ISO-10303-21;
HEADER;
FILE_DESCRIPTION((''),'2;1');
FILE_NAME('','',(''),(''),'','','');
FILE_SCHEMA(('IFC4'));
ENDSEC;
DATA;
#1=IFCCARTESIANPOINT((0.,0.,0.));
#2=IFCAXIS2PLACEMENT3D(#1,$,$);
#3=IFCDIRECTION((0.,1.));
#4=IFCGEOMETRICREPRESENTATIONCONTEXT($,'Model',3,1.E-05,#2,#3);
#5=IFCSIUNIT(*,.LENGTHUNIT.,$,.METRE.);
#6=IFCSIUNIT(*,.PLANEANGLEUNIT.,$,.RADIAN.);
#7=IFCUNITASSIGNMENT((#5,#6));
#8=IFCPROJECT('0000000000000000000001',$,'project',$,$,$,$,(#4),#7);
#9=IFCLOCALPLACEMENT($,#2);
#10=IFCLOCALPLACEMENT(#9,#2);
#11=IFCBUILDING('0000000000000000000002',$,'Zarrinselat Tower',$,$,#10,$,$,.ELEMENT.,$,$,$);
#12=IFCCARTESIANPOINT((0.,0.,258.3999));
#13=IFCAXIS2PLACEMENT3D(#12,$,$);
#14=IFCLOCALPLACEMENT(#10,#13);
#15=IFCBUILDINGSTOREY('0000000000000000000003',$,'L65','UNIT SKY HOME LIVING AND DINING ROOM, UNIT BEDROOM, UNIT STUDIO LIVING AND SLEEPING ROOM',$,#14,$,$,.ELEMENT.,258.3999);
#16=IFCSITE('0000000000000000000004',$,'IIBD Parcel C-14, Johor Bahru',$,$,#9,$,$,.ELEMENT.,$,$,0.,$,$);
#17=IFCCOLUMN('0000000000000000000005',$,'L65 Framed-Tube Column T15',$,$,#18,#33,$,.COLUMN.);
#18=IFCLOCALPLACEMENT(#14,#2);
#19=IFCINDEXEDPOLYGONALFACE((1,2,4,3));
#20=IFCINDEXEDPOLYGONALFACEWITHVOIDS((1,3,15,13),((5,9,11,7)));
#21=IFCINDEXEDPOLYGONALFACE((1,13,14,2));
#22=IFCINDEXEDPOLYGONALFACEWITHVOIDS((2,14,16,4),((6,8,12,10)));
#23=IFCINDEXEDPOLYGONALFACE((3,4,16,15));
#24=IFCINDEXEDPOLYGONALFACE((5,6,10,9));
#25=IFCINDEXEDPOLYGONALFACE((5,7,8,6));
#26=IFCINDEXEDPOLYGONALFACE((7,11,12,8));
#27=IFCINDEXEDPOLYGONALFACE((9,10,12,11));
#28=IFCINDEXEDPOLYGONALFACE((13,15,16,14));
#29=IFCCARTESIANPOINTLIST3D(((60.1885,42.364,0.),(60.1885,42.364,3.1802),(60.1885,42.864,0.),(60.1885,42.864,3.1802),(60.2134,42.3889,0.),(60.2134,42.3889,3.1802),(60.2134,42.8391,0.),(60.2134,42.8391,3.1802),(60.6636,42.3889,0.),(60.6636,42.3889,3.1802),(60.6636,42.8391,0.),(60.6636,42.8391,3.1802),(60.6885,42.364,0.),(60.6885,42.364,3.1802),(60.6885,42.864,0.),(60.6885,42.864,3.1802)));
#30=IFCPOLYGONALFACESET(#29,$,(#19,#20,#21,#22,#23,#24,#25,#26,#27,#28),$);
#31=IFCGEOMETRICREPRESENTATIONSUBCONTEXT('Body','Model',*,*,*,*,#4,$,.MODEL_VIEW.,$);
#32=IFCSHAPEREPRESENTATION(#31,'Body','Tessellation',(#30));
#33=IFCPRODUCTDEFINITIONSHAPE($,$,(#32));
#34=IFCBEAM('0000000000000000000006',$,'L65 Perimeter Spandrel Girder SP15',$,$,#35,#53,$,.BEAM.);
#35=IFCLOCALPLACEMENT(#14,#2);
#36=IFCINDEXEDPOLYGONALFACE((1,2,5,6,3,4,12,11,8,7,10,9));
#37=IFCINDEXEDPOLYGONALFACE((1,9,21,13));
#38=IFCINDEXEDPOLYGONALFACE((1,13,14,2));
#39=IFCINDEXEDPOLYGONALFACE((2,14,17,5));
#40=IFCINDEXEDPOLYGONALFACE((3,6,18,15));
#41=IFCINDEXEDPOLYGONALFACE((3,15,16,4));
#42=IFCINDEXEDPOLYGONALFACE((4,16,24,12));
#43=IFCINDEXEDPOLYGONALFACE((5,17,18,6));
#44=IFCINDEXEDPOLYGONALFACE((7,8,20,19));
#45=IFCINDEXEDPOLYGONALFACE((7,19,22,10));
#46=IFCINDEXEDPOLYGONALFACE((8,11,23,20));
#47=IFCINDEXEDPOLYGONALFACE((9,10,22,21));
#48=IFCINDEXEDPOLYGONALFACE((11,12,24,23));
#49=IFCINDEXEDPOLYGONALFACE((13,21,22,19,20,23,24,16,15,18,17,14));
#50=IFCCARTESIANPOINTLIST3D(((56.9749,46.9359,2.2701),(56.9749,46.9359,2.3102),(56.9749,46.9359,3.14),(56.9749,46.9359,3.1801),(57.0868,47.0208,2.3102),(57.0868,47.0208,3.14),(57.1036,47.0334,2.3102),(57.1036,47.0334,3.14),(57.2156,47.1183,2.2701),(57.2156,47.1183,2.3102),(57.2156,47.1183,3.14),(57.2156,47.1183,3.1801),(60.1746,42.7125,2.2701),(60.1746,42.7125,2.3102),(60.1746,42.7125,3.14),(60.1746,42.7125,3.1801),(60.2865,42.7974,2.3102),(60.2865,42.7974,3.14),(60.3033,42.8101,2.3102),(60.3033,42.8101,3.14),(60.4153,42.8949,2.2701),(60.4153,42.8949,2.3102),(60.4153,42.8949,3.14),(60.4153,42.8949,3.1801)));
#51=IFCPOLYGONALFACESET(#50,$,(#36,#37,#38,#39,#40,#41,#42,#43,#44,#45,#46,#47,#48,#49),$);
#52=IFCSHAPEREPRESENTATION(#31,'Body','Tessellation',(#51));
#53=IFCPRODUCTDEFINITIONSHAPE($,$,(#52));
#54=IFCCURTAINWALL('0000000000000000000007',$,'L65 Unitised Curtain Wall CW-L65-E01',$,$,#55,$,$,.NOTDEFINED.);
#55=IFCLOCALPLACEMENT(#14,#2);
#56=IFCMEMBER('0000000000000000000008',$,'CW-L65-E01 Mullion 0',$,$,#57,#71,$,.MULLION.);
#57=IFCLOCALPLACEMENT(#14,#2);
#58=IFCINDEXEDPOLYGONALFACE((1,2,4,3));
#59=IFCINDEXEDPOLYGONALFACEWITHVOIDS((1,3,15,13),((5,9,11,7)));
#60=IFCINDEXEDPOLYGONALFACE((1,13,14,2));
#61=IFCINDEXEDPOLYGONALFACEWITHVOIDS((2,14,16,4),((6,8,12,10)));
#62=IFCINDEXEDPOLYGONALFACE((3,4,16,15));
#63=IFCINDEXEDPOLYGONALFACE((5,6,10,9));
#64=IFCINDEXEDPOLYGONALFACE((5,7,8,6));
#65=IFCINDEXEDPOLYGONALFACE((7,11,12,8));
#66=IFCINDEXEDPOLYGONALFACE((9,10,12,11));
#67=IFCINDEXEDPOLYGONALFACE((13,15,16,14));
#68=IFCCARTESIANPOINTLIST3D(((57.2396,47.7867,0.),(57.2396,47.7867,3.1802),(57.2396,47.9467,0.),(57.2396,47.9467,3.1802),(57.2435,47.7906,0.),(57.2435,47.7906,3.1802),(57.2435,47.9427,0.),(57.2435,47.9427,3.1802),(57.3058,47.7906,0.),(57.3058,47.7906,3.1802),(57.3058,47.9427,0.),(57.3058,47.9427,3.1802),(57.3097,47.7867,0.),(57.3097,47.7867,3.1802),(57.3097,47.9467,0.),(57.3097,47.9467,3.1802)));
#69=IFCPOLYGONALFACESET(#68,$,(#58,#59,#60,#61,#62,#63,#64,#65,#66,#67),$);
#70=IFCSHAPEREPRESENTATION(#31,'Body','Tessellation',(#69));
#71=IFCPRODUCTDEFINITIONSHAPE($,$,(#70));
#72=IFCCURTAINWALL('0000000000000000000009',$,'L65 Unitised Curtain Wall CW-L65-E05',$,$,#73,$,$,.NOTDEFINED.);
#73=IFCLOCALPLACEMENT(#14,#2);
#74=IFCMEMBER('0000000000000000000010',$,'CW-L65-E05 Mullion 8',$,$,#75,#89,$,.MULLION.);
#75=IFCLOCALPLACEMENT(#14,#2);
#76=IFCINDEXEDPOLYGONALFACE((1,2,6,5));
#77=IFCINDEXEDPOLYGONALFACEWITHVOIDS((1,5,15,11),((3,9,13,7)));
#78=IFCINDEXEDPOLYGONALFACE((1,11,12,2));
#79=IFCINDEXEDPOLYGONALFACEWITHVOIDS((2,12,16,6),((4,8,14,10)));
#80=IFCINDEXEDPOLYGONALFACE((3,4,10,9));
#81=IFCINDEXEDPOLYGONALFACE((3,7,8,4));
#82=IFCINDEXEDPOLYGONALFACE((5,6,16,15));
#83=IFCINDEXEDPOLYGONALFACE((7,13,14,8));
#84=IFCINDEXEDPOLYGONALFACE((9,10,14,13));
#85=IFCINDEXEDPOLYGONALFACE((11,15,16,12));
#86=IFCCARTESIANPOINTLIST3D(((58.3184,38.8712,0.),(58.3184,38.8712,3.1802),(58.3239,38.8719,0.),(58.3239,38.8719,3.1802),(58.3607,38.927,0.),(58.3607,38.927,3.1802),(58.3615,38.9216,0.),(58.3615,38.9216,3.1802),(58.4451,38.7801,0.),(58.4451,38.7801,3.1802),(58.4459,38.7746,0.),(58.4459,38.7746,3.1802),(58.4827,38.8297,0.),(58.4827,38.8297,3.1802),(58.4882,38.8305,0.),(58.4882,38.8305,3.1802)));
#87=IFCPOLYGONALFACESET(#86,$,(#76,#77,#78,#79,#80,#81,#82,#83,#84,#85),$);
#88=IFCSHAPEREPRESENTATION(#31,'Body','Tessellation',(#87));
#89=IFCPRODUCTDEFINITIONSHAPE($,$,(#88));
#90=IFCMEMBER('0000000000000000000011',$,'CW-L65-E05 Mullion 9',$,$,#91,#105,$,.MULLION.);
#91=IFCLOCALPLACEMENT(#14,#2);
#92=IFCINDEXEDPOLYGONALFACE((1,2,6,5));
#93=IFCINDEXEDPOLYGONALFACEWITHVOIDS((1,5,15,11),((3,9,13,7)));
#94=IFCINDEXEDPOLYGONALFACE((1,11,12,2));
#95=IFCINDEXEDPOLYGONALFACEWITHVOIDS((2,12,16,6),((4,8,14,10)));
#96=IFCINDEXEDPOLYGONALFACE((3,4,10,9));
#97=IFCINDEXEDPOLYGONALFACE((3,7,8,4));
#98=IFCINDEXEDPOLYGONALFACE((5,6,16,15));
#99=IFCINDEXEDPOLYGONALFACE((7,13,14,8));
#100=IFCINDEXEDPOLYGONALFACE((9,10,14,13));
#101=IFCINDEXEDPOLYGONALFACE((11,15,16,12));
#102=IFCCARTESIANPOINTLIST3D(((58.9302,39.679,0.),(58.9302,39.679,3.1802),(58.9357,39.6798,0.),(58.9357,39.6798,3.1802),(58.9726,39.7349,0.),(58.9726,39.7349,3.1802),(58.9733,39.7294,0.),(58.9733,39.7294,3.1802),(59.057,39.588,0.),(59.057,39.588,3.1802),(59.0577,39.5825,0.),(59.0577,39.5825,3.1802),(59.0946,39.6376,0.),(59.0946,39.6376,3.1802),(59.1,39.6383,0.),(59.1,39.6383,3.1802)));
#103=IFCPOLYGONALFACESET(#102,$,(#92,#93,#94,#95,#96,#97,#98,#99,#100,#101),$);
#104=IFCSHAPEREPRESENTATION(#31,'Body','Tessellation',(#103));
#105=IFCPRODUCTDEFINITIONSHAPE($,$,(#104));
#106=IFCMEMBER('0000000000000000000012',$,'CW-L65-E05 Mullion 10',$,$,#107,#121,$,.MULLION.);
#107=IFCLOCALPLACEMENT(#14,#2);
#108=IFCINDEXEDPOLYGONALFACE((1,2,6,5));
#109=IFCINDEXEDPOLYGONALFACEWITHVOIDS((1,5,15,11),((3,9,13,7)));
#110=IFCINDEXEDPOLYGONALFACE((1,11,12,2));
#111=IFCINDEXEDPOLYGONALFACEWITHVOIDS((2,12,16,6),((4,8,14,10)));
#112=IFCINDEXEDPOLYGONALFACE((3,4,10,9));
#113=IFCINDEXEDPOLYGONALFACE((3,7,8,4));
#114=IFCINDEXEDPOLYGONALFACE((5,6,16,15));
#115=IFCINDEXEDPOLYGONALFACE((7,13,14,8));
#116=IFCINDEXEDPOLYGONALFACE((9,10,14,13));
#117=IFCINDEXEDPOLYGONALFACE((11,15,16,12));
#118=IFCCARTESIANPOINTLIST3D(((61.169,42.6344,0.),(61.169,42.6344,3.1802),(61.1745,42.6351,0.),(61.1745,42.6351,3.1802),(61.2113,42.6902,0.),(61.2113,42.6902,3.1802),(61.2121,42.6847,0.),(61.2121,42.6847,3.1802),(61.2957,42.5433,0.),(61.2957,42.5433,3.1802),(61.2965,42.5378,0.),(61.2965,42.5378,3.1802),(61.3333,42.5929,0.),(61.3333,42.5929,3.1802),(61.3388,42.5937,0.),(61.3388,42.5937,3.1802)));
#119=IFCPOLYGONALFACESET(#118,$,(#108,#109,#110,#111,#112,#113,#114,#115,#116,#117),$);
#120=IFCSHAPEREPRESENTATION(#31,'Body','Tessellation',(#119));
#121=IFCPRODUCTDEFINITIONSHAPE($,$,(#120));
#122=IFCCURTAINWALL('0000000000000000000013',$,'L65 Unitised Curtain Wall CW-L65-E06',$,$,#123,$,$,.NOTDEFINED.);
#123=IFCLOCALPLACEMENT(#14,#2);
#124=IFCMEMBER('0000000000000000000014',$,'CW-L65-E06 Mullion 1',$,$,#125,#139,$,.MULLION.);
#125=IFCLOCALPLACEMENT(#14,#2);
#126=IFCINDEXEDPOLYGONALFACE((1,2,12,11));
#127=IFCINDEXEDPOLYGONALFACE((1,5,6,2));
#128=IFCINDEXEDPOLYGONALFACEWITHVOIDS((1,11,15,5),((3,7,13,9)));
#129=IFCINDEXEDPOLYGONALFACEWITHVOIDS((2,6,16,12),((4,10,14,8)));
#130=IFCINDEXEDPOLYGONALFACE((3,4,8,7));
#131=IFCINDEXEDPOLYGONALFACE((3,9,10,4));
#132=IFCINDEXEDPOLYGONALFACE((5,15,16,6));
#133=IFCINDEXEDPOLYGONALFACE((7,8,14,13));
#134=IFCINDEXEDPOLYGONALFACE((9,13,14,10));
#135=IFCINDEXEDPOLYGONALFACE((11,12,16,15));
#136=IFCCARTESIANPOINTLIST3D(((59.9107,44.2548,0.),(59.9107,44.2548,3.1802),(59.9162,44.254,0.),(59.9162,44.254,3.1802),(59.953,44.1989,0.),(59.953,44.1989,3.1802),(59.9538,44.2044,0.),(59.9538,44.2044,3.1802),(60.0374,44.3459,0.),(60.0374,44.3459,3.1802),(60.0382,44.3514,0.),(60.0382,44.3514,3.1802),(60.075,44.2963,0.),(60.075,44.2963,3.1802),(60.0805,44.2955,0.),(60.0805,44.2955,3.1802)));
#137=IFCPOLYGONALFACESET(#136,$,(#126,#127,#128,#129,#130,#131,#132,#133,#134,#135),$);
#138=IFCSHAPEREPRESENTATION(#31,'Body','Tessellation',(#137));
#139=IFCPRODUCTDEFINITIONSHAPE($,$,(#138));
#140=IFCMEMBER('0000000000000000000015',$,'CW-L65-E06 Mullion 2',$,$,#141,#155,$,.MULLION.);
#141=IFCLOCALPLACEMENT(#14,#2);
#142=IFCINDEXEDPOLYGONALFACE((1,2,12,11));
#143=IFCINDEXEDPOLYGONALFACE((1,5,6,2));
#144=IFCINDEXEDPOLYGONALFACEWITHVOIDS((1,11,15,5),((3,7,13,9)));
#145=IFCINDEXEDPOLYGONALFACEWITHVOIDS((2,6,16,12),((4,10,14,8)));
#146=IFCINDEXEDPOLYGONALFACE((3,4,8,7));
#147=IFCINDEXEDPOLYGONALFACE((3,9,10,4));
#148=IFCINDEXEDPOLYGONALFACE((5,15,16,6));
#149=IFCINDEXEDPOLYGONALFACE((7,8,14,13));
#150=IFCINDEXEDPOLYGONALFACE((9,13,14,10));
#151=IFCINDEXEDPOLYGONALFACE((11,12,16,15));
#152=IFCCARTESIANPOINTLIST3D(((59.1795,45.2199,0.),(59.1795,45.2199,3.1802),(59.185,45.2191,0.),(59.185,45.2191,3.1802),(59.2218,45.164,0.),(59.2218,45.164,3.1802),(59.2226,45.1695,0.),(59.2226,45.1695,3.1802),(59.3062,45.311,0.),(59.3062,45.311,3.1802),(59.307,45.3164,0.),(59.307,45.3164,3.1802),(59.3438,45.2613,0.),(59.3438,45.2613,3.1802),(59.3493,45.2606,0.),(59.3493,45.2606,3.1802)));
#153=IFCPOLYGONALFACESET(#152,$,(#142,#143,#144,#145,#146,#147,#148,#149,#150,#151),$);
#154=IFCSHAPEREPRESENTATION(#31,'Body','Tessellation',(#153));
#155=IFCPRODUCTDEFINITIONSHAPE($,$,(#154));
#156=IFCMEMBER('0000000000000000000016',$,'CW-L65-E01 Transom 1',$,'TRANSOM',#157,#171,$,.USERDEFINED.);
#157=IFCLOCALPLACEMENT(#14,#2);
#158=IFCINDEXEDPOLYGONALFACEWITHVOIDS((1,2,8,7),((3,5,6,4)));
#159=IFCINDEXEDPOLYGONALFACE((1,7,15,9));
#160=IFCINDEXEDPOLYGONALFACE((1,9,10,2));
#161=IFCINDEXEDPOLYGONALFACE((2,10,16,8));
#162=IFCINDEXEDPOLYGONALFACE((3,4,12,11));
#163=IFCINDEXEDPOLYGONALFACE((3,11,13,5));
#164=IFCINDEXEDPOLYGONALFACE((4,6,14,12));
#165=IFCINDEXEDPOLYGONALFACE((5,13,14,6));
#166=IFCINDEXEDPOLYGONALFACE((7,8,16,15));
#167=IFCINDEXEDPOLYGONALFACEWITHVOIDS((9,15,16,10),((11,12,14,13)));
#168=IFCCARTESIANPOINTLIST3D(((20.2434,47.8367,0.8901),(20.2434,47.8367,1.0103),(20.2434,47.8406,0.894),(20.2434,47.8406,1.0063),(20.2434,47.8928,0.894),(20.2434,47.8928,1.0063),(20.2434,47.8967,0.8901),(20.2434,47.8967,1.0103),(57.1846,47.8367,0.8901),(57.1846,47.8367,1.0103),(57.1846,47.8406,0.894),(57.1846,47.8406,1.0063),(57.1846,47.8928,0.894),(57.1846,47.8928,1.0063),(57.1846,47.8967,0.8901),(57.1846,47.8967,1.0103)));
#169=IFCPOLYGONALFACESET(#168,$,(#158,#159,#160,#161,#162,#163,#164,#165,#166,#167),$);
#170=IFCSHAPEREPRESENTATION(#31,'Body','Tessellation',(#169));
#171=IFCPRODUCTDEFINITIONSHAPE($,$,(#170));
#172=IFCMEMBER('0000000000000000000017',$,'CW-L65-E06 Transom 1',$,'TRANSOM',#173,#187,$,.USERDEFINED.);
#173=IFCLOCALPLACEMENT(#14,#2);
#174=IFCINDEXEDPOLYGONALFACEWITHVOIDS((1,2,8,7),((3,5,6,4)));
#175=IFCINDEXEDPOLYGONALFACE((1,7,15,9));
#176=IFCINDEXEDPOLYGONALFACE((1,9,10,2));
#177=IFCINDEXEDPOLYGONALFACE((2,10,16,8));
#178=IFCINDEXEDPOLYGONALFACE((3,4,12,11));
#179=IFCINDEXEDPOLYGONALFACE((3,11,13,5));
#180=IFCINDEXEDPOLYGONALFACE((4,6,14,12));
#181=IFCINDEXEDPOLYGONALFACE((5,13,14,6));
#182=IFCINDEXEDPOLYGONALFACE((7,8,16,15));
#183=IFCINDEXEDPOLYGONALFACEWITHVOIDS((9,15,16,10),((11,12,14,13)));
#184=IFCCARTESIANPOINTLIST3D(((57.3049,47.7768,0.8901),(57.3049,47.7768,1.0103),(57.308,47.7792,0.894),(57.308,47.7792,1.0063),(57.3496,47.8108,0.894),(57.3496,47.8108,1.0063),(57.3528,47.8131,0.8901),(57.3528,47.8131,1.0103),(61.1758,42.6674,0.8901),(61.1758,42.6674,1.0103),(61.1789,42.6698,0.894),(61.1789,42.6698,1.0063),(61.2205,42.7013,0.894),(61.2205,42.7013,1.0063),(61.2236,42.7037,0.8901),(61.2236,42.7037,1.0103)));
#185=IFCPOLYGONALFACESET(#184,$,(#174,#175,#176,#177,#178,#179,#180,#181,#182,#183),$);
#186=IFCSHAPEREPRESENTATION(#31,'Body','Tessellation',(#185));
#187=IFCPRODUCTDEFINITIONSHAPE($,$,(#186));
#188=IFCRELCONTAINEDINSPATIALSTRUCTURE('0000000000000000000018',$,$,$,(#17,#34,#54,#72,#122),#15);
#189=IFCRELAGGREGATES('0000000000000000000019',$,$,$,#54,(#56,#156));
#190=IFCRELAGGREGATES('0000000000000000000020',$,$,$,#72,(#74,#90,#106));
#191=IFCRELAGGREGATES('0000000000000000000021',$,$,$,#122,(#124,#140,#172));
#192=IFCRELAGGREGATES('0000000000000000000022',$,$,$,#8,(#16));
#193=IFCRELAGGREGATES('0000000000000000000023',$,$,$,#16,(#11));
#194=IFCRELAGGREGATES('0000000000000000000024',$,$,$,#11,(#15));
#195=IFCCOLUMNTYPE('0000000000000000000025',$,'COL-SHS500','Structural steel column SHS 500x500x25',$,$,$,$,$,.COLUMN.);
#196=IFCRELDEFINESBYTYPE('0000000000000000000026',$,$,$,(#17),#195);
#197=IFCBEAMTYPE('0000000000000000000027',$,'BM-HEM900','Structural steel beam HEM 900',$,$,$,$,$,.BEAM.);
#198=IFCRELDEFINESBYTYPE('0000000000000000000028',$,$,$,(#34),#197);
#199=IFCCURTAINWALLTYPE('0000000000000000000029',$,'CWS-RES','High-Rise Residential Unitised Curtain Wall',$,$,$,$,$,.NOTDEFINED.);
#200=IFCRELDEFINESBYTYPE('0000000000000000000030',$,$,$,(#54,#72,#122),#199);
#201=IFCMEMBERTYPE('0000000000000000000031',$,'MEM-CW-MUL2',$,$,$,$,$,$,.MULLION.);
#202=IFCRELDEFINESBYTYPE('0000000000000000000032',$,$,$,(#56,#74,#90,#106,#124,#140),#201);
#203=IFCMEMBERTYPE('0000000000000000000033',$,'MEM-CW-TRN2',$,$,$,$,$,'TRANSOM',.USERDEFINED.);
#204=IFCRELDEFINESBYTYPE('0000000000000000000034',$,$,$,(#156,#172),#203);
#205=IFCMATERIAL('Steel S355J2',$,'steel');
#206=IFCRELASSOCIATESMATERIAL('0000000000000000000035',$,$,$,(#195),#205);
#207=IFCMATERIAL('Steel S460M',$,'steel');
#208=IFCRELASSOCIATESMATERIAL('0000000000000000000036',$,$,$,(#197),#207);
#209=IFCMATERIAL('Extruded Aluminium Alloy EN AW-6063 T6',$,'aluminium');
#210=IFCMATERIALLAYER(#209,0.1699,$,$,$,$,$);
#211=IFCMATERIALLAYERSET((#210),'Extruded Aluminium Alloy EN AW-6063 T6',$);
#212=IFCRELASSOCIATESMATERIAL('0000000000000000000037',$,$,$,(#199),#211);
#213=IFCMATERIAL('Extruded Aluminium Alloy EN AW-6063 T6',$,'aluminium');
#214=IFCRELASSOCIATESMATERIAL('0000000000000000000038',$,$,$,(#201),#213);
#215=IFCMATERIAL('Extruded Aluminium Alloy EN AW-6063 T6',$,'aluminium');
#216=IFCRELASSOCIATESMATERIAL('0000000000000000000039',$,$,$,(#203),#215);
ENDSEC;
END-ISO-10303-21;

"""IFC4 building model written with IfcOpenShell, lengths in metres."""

from ifc_helpers import new_model, si_unit, direction, frame, origin, origin_2d, place, context, subcontext, project, spatial, hollow_rectangle, i_section, extrude, material, layer, layer_set, material_profile, profile_set, type_object, element, aggregate, save


model = new_model("IFC4")

# Units and contexts
model_context = context("Model", 3, precision=1e-05, world=origin(), true_north=direction((0.0, 1.0)))
body_context = subcontext(model_context, "Body", "Model", "MODEL_VIEW")
ifc_project = project(units=[si_unit("LENGTHUNIT", "METRE"), si_unit("PLANEANGLEUNIT", "RADIAN")], contexts=[model_context])

# Site, building, storey
site_placement = place(None, origin())
site = spatial("IfcSite", under=ifc_project, at=site_placement, Name="IIBD Parcel C-14, Johor Bahru", CompositionType="ELEMENT", RefElevation=0.0)
building_placement = place(site_placement, origin())
building = spatial("IfcBuilding", under=site, at=building_placement, Name="Zarrinselat Tower", CompositionType="ELEMENT")
storey_placement = place(building_placement, frame((0.0, 0.0, 258.3999)))
storey = spatial("IfcBuildingStorey", under=building, at=storey_placement, Name="L65", Description="UNIT SKY HOME LIVING AND DINING ROOM, UNIT BEDROOM, UNIT STUDIO LIVING AND SLEEPING ROOM", CompositionType="ELEMENT", Elevation=258.3999)

# Column
ifc_material_1 = material(Name="Steel S355J2", Category="steel")
ifc_material_profile_1 = material_profile(ifc_material_1, hollow_rectangle(XDim=0.5, YDim=0.5, WallThickness=0.0249, at=origin_2d()), Name="SHS 500x500x25")
ifc_profile_set_1 = profile_set([ifc_material_profile_1], Name="Steel S355J2")
column_type = type_object("IfcColumnType", Name="COL-SHS500", Description="Structural steel column SHS 500x500x25", PredefinedType="COLUMN", material=ifc_profile_set_1)
column_placement = place(storey_placement, frame((60.4385, 42.614, 0.0), z_axis=(0.0, 0.0, 1.0), x_axis=(1.0, 0.0, 0.0)))
element("IfcColumn", 1, at=column_placement, inside=storey, type_object=column_type, Name="L65 Framed-Tube Column T15", PredefinedType="COLUMN", context=body_context, shape_type="SweptSolid", body=[
    extrude(hollow_rectangle(XDim=0.5, YDim=0.5, WallThickness=0.0249, at=origin_2d()), origin(), (0.0, 0.0, 1.0), 3.1802),
])

# Beam
ifc_material_2 = material(Name="Steel S460M", Category="steel")
ifc_material_profile_2 = material_profile(ifc_material_2, i_section(OverallWidth=0.302, OverallDepth=0.9099, WebThickness=0.021, FlangeThickness=0.04, at=origin_2d()), Name="HEM 900")
ifc_profile_set_2 = profile_set([ifc_material_profile_2], Name="Steel S460M")
beam_type = type_object("IfcBeamType", Name="BM-HEM900", Description="Structural steel beam HEM 900", PredefinedType="BEAM", material=ifc_profile_set_2)
beam_placement = place(storey_placement, frame((57.0952, 47.0271, 2.7251), z_axis=(0.603878, -0.797077, 0.0), x_axis=(0.797077, 0.603878, 0.0)))
element("IfcBeam", 2, at=beam_placement, inside=storey, type_object=beam_type, Name="L65 Perimeter Spandrel Girder SP15", PredefinedType="BEAM", context=body_context, shape_type="SweptSolid", body=[
    extrude(i_section(OverallWidth=0.302, OverallDepth=0.9099, WebThickness=0.021, FlangeThickness=0.04, at=origin_2d()), origin(), (0.0, 0.0, 1.0), 5.2986),
])

# Curtain wall, member
ifc_material_3 = material(Name="Extruded Aluminium Alloy EN AW-6063 T6", Category="aluminium")
ifc_layer_1 = layer(ifc_material_3, 0.1699)
ifc_layer_set_1 = layer_set([ifc_layer_1], Name="Extruded Aluminium Alloy EN AW-6063 T6")
curtain_wall_type = type_object("IfcCurtainWallType", Name="CWS-RES", Description="High-Rise Residential Unitised Curtain Wall", PredefinedType="NOTDEFINED", material=ifc_layer_set_1)
curtain_wall_1_placement = place(storey_placement, origin())
curtain_wall_1 = element("IfcCurtainWall", 3, at=curtain_wall_1_placement, inside=storey, type_object=curtain_wall_type, Name="L65 Unitised Curtain Wall CW-L65-E01", PredefinedType="NOTDEFINED")
ifc_material_4 = material(Name="Extruded Aluminium Alloy EN AW-6063 T6", Category="aluminium")
ifc_material_profile_3 = material_profile(ifc_material_4, hollow_rectangle(XDim=0.0701, YDim=0.1599, WallThickness=0.0039, at=origin_2d()), Name="RHS 160x70x4")
ifc_profile_set_3 = profile_set([ifc_material_profile_3], Name="Extruded Aluminium Alloy EN AW-6063 T6")
member_type_1 = type_object("IfcMemberType", Name="MEM-CW-MUL2", PredefinedType="MULLION", material=ifc_profile_set_3)
member_1_placement = place(storey_placement, frame((57.2747, 47.8667, 0.0), z_axis=(0.0, 0.0, 1.0), x_axis=(-1.0, 0.0, 0.0)))
member_1 = element("IfcMember", 4, at=member_1_placement, type_object=member_type_1, Name="CW-L65-E01 Mullion 0", PredefinedType="MULLION", context=body_context, shape_type="SweptSolid", body=[
    extrude(hollow_rectangle(XDim=0.0701, YDim=0.1599, WallThickness=0.0039, at=origin_2d()), origin(), (0.0, 0.0, 1.0), 3.1802),
])

# Curtain walls, members
curtain_wall_2_placement = place(storey_placement, origin())
curtain_wall_2 = element("IfcCurtainWall", 5, at=curtain_wall_2_placement, inside=storey, type_object=curtain_wall_type, Name="L65 Unitised Curtain Wall CW-L65-E05", PredefinedType="NOTDEFINED")
member_2_placement = place(storey_placement, frame((58.4033, 38.8508, 0.0), z_axis=(0.0, 0.0, 1.0), x_axis=(0.60386, 0.797091, 0.0)))
member_2 = element("IfcMember", 6, at=member_2_placement, type_object=member_type_1, Name="CW-L65-E05 Mullion 8", PredefinedType="MULLION", context=body_context, shape_type="SweptSolid", body=[
    extrude(hollow_rectangle(XDim=0.0701, YDim=0.1599, WallThickness=0.0039, at=origin_2d()), origin(), (0.0, 0.0, 1.0), 3.1802),
])
member_3_placement = place(storey_placement, frame((59.0151, 39.6587, 0.0), z_axis=(0.0, 0.0, 1.0), x_axis=(0.60386, 0.797091, 0.0)))
member_3 = element("IfcMember", 7, at=member_3_placement, type_object=member_type_1, Name="CW-L65-E05 Mullion 9", PredefinedType="MULLION", context=body_context, shape_type="SweptSolid", body=[
    extrude(hollow_rectangle(XDim=0.0701, YDim=0.1599, WallThickness=0.0039, at=origin_2d()), origin(), (0.0, 0.0, 1.0), 3.1802),
])
member_4_placement = place(storey_placement, frame((61.2539, 42.614, 0.0), z_axis=(0.0, 0.0, 1.0), x_axis=(0.60386, 0.797091, 0.0)))
member_4 = element("IfcMember", 8, at=member_4_placement, type_object=member_type_1, Name="CW-L65-E05 Mullion 10", PredefinedType="MULLION", context=body_context, shape_type="SweptSolid", body=[
    extrude(hollow_rectangle(XDim=0.0701, YDim=0.1599, WallThickness=0.0039, at=origin_2d()), origin(), (0.0, 0.0, 1.0), 3.1802),
])
curtain_wall_3_placement = place(storey_placement, origin())
curtain_wall_3 = element("IfcCurtainWall", 9, at=curtain_wall_3_placement, inside=storey, type_object=curtain_wall_type, Name="L65 Unitised Curtain Wall CW-L65-E06", PredefinedType="NOTDEFINED")
member_5_placement = place(storey_placement, frame((59.9956, 44.2751, 0.0), z_axis=(0.0, 0.0, 1.0), x_axis=(-0.603858, 0.797092, 0.0)))
member_5 = element("IfcMember", 10, at=member_5_placement, type_object=member_type_1, Name="CW-L65-E06 Mullion 1", PredefinedType="MULLION", context=body_context, shape_type="SweptSolid", body=[
    extrude(hollow_rectangle(XDim=0.0701, YDim=0.1599, WallThickness=0.0039, at=origin_2d()), origin(), (0.0, 0.0, 1.0), 3.1802),
])
member_6_placement = place(storey_placement, frame((59.2644, 45.2402, 0.0), z_axis=(0.0, 0.0, 1.0), x_axis=(-0.603858, 0.797092, 0.0)))
member_6 = element("IfcMember", 11, at=member_6_placement, type_object=member_type_1, Name="CW-L65-E06 Mullion 2", PredefinedType="MULLION", context=body_context, shape_type="SweptSolid", body=[
    extrude(hollow_rectangle(XDim=0.0701, YDim=0.1599, WallThickness=0.0039, at=origin_2d()), origin(), (0.0, 0.0, 1.0), 3.1802),
])

# Members
ifc_material_5 = material(Name="Extruded Aluminium Alloy EN AW-6063 T6", Category="aluminium")
ifc_material_profile_4 = material_profile(ifc_material_5, hollow_rectangle(XDim=0.0601, YDim=0.1201, WallThickness=0.0039, at=origin_2d()), Name="RHS 120x60x4")
ifc_profile_set_4 = profile_set([ifc_material_profile_4], Name="Extruded Aluminium Alloy EN AW-6063 T6")
member_type_2 = type_object("IfcMemberType", Name="MEM-CW-TRN2", ElementType="TRANSOM", PredefinedType="USERDEFINED", material=ifc_profile_set_4)
member_7_placement = place(storey_placement, frame((57.1846, 47.8667, 0.9502), z_axis=(-1.0, 0.0, 0.0), x_axis=(0.0, -1.0, 0.0)))
member_7 = element("IfcMember", 12, at=member_7_placement, type_object=member_type_2, Name="CW-L65-E01 Transom 1", ObjectType="TRANSOM", PredefinedType="USERDEFINED", context=body_context, shape_type="SweptSolid", body=[
    extrude(hollow_rectangle(XDim=0.0601, YDim=0.1201, WallThickness=0.0039, at=origin_2d()), origin(), (0.0, 0.0, 1.0), 36.9412),
])
aggregate(curtain_wall_1, [member_1, member_7])
member_8_placement = place(storey_placement, frame((61.1997, 42.6855, 0.9502), z_axis=(-0.603869, 0.797084, 0.0), x_axis=(-0.797084, -0.603869, 0.0)))
member_8 = element("IfcMember", 13, at=member_8_placement, type_object=member_type_2, Name="CW-L65-E06 Transom 1", ObjectType="TRANSOM", PredefinedType="USERDEFINED", context=body_context, shape_type="SweptSolid", body=[
    extrude(hollow_rectangle(XDim=0.0601, YDim=0.1201, WallThickness=0.0039, at=origin_2d()), origin(), (0.0, 0.0, 1.0), 6.4102),
])

aggregate(curtain_wall_2, [member_2, member_3, member_4])
aggregate(curtain_wall_3, [member_5, member_6, member_8])

save(model, "model.ifc")
